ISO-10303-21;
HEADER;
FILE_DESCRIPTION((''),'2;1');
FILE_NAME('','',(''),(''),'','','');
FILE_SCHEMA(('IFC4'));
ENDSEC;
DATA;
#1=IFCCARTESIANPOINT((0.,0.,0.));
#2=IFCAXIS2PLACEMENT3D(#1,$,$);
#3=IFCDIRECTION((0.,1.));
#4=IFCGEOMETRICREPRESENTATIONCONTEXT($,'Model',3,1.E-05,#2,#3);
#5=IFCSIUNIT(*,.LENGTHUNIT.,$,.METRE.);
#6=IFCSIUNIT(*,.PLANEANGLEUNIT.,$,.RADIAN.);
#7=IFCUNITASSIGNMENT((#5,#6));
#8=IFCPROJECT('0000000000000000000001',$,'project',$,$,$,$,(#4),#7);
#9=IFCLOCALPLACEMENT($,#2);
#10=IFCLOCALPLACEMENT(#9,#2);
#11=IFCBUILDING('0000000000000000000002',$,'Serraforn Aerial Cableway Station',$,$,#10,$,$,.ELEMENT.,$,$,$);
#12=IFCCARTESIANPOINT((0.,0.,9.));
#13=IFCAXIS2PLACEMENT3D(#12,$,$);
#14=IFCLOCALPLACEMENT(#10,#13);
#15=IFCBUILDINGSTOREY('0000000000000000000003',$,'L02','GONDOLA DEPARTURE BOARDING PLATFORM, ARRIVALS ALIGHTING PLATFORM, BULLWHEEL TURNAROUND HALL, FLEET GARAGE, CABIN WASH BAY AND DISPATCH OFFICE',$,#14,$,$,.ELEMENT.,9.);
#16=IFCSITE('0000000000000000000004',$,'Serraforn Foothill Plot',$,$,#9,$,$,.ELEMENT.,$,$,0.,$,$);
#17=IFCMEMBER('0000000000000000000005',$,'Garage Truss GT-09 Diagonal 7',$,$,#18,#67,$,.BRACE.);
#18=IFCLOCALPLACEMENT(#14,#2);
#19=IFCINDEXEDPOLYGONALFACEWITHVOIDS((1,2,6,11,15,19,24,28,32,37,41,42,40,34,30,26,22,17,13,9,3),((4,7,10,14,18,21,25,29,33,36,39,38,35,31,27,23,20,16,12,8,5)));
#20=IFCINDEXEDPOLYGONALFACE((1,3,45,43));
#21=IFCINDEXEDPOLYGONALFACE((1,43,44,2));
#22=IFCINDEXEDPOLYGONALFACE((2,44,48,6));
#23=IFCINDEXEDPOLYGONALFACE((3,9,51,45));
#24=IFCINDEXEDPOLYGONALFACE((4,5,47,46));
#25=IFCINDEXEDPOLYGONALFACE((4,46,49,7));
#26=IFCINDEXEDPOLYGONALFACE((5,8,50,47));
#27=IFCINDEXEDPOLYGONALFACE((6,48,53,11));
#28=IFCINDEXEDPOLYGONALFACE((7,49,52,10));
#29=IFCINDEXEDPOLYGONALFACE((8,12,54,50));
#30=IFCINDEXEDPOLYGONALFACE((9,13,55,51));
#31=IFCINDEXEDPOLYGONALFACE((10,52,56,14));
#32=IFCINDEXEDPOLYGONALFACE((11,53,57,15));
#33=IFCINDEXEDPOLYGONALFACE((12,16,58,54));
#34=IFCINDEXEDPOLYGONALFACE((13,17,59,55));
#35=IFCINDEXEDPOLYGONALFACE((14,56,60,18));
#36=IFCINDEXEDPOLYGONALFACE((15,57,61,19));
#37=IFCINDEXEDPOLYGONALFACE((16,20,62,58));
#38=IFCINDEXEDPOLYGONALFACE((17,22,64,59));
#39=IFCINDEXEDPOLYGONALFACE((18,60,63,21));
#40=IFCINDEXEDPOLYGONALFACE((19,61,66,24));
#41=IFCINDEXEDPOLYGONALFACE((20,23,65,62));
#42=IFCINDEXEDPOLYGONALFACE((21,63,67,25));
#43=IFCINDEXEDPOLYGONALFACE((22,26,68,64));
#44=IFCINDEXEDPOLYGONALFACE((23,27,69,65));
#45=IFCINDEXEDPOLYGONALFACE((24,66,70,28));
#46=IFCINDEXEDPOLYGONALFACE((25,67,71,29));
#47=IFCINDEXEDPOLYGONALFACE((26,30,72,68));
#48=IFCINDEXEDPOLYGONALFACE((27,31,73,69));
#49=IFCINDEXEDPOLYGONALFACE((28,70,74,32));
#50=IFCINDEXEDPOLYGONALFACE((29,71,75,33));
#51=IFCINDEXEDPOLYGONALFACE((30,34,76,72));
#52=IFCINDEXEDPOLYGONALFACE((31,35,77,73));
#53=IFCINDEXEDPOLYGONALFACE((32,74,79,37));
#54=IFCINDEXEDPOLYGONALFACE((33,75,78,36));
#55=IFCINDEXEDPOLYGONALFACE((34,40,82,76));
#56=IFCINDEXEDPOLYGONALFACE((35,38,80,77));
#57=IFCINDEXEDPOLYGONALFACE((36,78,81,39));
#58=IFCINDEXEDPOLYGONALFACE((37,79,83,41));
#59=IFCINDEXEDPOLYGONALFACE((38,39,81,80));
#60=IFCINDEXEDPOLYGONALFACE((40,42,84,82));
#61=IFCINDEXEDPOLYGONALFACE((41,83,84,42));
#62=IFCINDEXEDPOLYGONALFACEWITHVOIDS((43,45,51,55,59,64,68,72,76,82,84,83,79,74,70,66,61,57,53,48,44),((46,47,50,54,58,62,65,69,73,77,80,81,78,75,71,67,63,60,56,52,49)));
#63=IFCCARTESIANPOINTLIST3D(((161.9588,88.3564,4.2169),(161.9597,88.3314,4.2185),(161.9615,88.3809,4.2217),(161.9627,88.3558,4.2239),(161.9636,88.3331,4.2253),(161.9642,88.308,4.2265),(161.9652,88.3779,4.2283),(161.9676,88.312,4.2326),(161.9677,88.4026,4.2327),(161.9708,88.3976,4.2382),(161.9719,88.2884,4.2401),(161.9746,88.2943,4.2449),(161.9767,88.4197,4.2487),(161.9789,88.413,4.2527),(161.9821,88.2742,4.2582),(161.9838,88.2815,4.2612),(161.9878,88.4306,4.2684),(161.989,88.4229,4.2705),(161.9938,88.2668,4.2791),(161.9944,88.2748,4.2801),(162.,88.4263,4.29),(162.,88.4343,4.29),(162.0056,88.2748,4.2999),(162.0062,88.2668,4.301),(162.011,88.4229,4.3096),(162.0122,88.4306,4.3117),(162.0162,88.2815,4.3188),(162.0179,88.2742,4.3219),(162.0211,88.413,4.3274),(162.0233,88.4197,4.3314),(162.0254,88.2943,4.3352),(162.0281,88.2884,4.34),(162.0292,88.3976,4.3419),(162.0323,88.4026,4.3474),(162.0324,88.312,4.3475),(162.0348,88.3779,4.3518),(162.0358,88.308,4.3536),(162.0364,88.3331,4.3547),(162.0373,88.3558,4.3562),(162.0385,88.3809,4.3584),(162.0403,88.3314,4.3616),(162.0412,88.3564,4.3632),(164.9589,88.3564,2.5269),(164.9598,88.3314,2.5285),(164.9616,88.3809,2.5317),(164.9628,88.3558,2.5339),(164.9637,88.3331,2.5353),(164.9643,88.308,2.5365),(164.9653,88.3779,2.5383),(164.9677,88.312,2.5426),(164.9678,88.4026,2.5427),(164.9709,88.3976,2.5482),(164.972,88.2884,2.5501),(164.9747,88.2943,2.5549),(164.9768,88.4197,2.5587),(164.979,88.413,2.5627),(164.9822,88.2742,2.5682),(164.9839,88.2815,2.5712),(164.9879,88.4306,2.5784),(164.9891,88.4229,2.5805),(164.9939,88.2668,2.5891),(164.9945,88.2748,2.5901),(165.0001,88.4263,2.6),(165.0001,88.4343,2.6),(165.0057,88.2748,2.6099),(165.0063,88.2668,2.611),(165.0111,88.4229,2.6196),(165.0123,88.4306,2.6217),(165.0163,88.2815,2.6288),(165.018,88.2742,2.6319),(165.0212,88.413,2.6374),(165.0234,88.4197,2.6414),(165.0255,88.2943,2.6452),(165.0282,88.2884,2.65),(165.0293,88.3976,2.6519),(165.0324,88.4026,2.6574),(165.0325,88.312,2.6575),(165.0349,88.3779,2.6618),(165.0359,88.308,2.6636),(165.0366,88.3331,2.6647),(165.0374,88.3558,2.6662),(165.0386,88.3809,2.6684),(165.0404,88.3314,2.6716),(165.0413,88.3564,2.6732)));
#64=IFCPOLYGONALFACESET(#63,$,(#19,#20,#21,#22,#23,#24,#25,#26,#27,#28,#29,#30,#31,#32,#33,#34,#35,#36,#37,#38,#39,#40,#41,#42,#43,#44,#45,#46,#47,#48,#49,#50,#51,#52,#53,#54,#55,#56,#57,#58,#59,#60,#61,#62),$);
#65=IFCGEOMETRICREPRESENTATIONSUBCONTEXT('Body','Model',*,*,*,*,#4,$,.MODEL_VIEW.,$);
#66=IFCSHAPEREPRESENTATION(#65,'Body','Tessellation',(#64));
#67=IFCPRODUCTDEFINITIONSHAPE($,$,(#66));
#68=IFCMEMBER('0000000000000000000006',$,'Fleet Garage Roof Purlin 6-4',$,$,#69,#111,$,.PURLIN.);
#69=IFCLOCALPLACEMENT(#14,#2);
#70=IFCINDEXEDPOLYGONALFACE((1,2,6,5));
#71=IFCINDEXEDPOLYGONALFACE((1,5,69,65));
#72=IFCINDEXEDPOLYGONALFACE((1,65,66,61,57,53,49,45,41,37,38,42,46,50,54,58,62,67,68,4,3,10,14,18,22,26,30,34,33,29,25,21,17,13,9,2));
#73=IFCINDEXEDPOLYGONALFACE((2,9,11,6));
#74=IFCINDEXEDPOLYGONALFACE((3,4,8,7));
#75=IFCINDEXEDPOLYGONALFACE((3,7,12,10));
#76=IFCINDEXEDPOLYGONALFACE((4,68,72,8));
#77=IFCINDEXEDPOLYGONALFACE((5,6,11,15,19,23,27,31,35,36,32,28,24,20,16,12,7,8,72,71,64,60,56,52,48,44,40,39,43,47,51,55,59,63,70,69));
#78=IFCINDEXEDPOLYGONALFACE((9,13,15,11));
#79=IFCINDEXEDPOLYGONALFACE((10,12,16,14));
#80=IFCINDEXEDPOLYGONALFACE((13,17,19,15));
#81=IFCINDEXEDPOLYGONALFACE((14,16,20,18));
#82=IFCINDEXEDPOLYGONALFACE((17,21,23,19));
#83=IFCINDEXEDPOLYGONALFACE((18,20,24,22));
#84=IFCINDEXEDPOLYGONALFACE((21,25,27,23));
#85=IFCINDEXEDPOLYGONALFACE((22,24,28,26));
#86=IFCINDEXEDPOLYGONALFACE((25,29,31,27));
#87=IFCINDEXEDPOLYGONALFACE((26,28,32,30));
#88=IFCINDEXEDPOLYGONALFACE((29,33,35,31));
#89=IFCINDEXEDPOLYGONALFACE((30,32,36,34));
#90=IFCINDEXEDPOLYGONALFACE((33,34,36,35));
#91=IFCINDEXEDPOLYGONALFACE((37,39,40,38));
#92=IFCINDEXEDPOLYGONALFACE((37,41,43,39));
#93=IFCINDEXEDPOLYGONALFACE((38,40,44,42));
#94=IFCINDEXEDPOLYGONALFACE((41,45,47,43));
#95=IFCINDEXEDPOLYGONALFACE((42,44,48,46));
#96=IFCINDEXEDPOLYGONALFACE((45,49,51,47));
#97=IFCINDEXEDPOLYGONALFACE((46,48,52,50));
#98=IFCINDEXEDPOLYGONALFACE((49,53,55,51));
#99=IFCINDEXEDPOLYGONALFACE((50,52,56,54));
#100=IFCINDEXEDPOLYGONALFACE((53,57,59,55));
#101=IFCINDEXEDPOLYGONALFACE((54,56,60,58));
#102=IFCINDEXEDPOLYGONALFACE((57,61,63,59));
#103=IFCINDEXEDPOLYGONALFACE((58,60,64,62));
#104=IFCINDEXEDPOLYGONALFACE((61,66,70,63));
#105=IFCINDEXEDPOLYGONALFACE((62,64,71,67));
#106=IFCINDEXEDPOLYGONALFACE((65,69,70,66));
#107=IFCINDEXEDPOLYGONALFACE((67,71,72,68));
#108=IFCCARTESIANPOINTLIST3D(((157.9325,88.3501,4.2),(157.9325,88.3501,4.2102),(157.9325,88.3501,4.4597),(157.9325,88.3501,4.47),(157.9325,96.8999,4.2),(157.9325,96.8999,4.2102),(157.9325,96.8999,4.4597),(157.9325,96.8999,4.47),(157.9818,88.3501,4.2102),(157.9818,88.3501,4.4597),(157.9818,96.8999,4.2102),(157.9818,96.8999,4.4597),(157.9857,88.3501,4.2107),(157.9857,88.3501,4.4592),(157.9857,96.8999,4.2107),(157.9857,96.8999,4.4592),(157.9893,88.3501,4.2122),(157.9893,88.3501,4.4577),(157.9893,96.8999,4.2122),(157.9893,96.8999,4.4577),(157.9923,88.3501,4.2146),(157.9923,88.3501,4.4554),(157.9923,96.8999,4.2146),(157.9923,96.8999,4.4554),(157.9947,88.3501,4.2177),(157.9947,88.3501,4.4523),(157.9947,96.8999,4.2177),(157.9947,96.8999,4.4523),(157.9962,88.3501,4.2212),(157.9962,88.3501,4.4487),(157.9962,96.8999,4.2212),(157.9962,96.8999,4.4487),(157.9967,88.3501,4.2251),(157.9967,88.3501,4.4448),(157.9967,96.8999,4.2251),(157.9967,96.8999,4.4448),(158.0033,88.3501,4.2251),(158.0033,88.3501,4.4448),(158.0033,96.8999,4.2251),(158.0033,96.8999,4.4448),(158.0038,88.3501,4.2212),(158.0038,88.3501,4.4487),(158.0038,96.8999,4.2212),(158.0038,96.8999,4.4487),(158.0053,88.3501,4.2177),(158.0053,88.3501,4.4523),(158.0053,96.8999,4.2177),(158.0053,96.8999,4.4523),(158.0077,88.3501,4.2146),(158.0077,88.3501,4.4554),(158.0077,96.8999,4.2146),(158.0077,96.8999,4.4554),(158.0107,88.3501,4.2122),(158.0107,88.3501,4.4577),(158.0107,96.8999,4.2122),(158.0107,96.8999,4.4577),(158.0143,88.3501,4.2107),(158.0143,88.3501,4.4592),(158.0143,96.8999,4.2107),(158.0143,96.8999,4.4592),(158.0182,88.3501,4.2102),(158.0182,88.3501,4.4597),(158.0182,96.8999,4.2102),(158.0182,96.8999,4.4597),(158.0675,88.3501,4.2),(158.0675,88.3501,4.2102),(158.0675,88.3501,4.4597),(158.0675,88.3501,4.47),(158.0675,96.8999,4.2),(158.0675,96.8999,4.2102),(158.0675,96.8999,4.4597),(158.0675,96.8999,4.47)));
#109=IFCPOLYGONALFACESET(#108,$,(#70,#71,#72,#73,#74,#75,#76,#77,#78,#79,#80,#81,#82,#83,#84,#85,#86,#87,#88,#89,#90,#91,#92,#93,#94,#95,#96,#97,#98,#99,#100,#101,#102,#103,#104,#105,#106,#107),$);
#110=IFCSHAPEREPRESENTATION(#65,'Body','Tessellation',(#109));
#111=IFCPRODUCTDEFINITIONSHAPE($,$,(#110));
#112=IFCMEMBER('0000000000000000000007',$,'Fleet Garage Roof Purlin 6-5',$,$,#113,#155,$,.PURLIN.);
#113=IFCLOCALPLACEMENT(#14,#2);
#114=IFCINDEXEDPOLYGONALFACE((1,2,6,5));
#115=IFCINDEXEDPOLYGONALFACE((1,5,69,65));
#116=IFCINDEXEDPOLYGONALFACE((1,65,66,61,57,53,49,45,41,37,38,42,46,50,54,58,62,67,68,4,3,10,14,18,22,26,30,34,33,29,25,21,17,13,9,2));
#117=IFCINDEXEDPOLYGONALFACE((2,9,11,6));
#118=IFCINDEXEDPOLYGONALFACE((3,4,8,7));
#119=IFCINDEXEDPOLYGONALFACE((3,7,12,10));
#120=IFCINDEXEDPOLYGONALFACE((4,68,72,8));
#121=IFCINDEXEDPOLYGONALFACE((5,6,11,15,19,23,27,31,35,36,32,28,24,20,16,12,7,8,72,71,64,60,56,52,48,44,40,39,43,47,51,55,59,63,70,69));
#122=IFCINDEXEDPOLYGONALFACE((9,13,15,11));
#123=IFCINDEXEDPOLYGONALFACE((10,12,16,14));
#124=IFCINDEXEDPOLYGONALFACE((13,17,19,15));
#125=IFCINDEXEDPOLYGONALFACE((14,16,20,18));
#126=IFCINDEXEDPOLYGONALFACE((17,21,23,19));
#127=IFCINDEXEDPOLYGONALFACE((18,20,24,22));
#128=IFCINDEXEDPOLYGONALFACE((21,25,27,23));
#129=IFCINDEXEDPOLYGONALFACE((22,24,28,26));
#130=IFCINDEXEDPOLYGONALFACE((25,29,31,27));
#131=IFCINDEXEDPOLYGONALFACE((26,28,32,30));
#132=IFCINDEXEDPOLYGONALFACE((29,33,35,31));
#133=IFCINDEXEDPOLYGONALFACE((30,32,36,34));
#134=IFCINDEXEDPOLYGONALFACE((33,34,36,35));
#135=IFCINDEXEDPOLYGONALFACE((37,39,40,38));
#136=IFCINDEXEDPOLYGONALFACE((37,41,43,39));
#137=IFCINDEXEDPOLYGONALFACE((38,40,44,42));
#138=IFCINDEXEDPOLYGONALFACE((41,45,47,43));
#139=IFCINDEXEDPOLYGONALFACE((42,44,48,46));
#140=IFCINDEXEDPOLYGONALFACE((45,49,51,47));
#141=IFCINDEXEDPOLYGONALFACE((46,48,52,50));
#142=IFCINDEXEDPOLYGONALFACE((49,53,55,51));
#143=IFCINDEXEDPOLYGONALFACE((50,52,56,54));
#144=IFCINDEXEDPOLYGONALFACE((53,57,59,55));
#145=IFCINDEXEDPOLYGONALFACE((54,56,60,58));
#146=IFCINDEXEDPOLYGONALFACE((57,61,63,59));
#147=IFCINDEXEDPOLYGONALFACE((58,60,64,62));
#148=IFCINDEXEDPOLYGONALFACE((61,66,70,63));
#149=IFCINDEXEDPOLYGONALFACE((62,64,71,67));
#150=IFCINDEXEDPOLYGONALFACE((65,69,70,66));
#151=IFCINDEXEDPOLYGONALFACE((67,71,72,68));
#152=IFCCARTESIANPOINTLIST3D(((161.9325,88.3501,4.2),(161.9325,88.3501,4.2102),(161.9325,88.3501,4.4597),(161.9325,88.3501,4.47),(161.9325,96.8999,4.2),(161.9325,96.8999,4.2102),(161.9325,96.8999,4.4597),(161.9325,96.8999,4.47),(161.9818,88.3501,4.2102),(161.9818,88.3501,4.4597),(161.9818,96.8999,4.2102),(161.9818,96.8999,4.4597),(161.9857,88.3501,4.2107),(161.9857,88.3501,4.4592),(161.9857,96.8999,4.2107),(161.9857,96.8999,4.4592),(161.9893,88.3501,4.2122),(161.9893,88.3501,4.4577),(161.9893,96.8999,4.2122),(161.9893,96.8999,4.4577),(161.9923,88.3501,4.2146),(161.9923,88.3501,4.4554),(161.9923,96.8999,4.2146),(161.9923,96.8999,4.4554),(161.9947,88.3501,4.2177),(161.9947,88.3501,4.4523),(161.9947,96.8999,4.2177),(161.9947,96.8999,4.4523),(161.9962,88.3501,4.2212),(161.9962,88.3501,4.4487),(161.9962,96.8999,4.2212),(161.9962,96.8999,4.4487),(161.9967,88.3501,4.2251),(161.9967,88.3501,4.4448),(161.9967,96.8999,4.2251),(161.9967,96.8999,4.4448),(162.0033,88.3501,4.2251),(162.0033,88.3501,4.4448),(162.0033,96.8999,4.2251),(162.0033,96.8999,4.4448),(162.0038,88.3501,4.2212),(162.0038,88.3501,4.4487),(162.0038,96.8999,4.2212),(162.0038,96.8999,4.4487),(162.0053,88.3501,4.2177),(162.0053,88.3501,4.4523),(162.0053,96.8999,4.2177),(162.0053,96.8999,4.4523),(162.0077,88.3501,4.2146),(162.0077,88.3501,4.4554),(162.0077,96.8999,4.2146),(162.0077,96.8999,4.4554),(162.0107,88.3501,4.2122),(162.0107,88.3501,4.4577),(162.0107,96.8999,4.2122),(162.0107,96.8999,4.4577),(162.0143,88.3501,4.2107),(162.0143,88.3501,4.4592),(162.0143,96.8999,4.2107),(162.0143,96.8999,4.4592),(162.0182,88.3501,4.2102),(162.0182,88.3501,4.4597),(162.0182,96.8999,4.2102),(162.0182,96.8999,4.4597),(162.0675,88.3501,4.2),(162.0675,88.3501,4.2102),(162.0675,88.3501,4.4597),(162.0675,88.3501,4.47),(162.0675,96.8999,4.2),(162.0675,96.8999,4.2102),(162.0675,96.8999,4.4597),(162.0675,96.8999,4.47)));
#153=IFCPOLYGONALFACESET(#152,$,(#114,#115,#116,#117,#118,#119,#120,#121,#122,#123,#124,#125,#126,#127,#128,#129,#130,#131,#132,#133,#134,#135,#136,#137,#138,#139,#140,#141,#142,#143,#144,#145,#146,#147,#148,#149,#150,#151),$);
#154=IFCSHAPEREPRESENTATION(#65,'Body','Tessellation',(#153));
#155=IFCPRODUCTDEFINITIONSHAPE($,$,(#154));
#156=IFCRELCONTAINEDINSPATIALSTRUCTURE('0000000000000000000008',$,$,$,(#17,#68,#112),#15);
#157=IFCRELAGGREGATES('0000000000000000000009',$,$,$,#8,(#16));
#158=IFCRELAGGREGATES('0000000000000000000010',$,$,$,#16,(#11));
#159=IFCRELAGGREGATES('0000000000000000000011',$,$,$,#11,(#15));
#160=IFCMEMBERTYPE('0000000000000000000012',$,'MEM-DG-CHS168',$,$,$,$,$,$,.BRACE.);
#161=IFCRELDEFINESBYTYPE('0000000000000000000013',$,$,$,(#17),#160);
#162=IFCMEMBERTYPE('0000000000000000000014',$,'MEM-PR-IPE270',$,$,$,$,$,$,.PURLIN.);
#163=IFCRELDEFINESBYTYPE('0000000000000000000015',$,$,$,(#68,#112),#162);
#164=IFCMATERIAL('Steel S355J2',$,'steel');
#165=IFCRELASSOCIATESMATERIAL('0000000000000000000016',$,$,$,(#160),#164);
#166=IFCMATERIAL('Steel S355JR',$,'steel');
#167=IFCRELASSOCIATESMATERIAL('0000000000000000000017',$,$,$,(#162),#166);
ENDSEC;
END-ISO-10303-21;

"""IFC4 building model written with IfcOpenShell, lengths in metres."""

from ifc_helpers import new_model, si_unit, direction, frame, origin, origin_2d, place, context, subcontext, project, spatial, hollow_circle, i_section, extrude, material, material_profile, profile_set, type_object, element, save


model = new_model("IFC4")

# Units and contexts
model_context = context("Model", 3, precision=1e-05, world=origin(), true_north=direction((0.0, 1.0)))
body_context = subcontext(model_context, "Body", "Model", "MODEL_VIEW")
ifc_project = project(units=[si_unit("LENGTHUNIT", "METRE"), si_unit("PLANEANGLEUNIT", "RADIAN")], contexts=[model_context])

# Site, building, storey
site_placement = place(None, origin())
site = spatial("IfcSite", under=ifc_project, at=site_placement, Name="Serraforn Foothill Plot", CompositionType="ELEMENT", RefElevation=0.0)
building_placement = place(site_placement, origin())
building = spatial("IfcBuilding", under=site, at=building_placement, Name="Serraforn Aerial Cableway Station", CompositionType="ELEMENT")
storey_placement = place(building_placement, frame((0.0, 0.0, 9.0)))
storey = spatial("IfcBuildingStorey", under=building, at=storey_placement, Name="L02", Description="GONDOLA DEPARTURE BOARDING PLATFORM, ARRIVALS ALIGHTING PLATFORM, BULLWHEEL TURNAROUND HALL, FLEET GARAGE, CABIN WASH BAY AND DISPATCH OFFICE", CompositionType="ELEMENT", Elevation=9.0)

# Members
ifc_material_1 = material(Name="Steel S355J2", Category="steel")
ifc_material_profile_1 = material_profile(ifc_material_1, hollow_circle(Radius=0.0842, WallThickness=0.0081, at=origin_2d()), Name="CHS 168.3x8.0")
ifc_profile_set_1 = profile_set([ifc_material_profile_1], Name="Steel S355J2")
member_type_1 = type_object("IfcMemberType", Name="MEM-DG-CHS168", PredefinedType="BRACE", material=ifc_profile_set_1)
for number, where, z_axis, x_axis, name in (
    (1, (162.0, 88.3501, 4.29), (0.871272, 0.0, -0.4908), (0.0, 1.0, 0.0), "Garage Truss GT-09 Diagonal 7"),
):
    element("IfcMember", number, at=place(storey_placement, frame(where, z_axis=z_axis, x_axis=x_axis)), inside=storey, type_object=member_type_1, Name=name, PredefinedType="BRACE", context=body_context, shape_type="SweptSolid", body=[
        extrude(hollow_circle(Radius=0.0842, WallThickness=0.0081, at=origin_2d()), origin(), (0.0, 0.0, 1.0), 3.4434),
    ])
ifc_material_2 = material(Name="Steel S355JR", Category="steel")
ifc_material_profile_2 = material_profile(ifc_material_2, i_section(OverallWidth=0.135, OverallDepth=0.27, WebThickness=0.0066, FlangeThickness=0.0103, FilletRadius=0.0149, at=origin_2d()), Name="IPE 270")
ifc_profile_set_2 = profile_set([ifc_material_profile_2], Name="Steel S355JR")
member_type_2 = type_object("IfcMemberType", Name="MEM-PR-IPE270", PredefinedType="PURLIN", material=ifc_profile_set_2)
for number, where, z_axis, x_axis, name in (
    (2, (158.0, 88.3501, 4.335), (0.0, 1.0, 0.0), (-1.0, 0.0, 0.0), "Fleet Garage Roof Purlin 6-4"),
    (3, (162.0, 88.3501, 4.335), (0.0, 1.0, 0.0), (-1.0, 0.0, 0.0), "Fleet Garage Roof Purlin 6-5"),
):
    element("IfcMember", number, at=place(storey_placement, frame(where, z_axis=z_axis, x_axis=x_axis)), inside=storey, type_object=member_type_2, Name=name, PredefinedType="PURLIN", context=body_context, shape_type="SweptSolid", body=[
        extrude(i_section(OverallWidth=0.135, OverallDepth=0.27, WebThickness=0.0066, FlangeThickness=0.0103, FilletRadius=0.0149, at=origin_2d()), origin(), (0.0, 0.0, 1.0), 8.5498),
    ])

save(model, "model.ifc")
